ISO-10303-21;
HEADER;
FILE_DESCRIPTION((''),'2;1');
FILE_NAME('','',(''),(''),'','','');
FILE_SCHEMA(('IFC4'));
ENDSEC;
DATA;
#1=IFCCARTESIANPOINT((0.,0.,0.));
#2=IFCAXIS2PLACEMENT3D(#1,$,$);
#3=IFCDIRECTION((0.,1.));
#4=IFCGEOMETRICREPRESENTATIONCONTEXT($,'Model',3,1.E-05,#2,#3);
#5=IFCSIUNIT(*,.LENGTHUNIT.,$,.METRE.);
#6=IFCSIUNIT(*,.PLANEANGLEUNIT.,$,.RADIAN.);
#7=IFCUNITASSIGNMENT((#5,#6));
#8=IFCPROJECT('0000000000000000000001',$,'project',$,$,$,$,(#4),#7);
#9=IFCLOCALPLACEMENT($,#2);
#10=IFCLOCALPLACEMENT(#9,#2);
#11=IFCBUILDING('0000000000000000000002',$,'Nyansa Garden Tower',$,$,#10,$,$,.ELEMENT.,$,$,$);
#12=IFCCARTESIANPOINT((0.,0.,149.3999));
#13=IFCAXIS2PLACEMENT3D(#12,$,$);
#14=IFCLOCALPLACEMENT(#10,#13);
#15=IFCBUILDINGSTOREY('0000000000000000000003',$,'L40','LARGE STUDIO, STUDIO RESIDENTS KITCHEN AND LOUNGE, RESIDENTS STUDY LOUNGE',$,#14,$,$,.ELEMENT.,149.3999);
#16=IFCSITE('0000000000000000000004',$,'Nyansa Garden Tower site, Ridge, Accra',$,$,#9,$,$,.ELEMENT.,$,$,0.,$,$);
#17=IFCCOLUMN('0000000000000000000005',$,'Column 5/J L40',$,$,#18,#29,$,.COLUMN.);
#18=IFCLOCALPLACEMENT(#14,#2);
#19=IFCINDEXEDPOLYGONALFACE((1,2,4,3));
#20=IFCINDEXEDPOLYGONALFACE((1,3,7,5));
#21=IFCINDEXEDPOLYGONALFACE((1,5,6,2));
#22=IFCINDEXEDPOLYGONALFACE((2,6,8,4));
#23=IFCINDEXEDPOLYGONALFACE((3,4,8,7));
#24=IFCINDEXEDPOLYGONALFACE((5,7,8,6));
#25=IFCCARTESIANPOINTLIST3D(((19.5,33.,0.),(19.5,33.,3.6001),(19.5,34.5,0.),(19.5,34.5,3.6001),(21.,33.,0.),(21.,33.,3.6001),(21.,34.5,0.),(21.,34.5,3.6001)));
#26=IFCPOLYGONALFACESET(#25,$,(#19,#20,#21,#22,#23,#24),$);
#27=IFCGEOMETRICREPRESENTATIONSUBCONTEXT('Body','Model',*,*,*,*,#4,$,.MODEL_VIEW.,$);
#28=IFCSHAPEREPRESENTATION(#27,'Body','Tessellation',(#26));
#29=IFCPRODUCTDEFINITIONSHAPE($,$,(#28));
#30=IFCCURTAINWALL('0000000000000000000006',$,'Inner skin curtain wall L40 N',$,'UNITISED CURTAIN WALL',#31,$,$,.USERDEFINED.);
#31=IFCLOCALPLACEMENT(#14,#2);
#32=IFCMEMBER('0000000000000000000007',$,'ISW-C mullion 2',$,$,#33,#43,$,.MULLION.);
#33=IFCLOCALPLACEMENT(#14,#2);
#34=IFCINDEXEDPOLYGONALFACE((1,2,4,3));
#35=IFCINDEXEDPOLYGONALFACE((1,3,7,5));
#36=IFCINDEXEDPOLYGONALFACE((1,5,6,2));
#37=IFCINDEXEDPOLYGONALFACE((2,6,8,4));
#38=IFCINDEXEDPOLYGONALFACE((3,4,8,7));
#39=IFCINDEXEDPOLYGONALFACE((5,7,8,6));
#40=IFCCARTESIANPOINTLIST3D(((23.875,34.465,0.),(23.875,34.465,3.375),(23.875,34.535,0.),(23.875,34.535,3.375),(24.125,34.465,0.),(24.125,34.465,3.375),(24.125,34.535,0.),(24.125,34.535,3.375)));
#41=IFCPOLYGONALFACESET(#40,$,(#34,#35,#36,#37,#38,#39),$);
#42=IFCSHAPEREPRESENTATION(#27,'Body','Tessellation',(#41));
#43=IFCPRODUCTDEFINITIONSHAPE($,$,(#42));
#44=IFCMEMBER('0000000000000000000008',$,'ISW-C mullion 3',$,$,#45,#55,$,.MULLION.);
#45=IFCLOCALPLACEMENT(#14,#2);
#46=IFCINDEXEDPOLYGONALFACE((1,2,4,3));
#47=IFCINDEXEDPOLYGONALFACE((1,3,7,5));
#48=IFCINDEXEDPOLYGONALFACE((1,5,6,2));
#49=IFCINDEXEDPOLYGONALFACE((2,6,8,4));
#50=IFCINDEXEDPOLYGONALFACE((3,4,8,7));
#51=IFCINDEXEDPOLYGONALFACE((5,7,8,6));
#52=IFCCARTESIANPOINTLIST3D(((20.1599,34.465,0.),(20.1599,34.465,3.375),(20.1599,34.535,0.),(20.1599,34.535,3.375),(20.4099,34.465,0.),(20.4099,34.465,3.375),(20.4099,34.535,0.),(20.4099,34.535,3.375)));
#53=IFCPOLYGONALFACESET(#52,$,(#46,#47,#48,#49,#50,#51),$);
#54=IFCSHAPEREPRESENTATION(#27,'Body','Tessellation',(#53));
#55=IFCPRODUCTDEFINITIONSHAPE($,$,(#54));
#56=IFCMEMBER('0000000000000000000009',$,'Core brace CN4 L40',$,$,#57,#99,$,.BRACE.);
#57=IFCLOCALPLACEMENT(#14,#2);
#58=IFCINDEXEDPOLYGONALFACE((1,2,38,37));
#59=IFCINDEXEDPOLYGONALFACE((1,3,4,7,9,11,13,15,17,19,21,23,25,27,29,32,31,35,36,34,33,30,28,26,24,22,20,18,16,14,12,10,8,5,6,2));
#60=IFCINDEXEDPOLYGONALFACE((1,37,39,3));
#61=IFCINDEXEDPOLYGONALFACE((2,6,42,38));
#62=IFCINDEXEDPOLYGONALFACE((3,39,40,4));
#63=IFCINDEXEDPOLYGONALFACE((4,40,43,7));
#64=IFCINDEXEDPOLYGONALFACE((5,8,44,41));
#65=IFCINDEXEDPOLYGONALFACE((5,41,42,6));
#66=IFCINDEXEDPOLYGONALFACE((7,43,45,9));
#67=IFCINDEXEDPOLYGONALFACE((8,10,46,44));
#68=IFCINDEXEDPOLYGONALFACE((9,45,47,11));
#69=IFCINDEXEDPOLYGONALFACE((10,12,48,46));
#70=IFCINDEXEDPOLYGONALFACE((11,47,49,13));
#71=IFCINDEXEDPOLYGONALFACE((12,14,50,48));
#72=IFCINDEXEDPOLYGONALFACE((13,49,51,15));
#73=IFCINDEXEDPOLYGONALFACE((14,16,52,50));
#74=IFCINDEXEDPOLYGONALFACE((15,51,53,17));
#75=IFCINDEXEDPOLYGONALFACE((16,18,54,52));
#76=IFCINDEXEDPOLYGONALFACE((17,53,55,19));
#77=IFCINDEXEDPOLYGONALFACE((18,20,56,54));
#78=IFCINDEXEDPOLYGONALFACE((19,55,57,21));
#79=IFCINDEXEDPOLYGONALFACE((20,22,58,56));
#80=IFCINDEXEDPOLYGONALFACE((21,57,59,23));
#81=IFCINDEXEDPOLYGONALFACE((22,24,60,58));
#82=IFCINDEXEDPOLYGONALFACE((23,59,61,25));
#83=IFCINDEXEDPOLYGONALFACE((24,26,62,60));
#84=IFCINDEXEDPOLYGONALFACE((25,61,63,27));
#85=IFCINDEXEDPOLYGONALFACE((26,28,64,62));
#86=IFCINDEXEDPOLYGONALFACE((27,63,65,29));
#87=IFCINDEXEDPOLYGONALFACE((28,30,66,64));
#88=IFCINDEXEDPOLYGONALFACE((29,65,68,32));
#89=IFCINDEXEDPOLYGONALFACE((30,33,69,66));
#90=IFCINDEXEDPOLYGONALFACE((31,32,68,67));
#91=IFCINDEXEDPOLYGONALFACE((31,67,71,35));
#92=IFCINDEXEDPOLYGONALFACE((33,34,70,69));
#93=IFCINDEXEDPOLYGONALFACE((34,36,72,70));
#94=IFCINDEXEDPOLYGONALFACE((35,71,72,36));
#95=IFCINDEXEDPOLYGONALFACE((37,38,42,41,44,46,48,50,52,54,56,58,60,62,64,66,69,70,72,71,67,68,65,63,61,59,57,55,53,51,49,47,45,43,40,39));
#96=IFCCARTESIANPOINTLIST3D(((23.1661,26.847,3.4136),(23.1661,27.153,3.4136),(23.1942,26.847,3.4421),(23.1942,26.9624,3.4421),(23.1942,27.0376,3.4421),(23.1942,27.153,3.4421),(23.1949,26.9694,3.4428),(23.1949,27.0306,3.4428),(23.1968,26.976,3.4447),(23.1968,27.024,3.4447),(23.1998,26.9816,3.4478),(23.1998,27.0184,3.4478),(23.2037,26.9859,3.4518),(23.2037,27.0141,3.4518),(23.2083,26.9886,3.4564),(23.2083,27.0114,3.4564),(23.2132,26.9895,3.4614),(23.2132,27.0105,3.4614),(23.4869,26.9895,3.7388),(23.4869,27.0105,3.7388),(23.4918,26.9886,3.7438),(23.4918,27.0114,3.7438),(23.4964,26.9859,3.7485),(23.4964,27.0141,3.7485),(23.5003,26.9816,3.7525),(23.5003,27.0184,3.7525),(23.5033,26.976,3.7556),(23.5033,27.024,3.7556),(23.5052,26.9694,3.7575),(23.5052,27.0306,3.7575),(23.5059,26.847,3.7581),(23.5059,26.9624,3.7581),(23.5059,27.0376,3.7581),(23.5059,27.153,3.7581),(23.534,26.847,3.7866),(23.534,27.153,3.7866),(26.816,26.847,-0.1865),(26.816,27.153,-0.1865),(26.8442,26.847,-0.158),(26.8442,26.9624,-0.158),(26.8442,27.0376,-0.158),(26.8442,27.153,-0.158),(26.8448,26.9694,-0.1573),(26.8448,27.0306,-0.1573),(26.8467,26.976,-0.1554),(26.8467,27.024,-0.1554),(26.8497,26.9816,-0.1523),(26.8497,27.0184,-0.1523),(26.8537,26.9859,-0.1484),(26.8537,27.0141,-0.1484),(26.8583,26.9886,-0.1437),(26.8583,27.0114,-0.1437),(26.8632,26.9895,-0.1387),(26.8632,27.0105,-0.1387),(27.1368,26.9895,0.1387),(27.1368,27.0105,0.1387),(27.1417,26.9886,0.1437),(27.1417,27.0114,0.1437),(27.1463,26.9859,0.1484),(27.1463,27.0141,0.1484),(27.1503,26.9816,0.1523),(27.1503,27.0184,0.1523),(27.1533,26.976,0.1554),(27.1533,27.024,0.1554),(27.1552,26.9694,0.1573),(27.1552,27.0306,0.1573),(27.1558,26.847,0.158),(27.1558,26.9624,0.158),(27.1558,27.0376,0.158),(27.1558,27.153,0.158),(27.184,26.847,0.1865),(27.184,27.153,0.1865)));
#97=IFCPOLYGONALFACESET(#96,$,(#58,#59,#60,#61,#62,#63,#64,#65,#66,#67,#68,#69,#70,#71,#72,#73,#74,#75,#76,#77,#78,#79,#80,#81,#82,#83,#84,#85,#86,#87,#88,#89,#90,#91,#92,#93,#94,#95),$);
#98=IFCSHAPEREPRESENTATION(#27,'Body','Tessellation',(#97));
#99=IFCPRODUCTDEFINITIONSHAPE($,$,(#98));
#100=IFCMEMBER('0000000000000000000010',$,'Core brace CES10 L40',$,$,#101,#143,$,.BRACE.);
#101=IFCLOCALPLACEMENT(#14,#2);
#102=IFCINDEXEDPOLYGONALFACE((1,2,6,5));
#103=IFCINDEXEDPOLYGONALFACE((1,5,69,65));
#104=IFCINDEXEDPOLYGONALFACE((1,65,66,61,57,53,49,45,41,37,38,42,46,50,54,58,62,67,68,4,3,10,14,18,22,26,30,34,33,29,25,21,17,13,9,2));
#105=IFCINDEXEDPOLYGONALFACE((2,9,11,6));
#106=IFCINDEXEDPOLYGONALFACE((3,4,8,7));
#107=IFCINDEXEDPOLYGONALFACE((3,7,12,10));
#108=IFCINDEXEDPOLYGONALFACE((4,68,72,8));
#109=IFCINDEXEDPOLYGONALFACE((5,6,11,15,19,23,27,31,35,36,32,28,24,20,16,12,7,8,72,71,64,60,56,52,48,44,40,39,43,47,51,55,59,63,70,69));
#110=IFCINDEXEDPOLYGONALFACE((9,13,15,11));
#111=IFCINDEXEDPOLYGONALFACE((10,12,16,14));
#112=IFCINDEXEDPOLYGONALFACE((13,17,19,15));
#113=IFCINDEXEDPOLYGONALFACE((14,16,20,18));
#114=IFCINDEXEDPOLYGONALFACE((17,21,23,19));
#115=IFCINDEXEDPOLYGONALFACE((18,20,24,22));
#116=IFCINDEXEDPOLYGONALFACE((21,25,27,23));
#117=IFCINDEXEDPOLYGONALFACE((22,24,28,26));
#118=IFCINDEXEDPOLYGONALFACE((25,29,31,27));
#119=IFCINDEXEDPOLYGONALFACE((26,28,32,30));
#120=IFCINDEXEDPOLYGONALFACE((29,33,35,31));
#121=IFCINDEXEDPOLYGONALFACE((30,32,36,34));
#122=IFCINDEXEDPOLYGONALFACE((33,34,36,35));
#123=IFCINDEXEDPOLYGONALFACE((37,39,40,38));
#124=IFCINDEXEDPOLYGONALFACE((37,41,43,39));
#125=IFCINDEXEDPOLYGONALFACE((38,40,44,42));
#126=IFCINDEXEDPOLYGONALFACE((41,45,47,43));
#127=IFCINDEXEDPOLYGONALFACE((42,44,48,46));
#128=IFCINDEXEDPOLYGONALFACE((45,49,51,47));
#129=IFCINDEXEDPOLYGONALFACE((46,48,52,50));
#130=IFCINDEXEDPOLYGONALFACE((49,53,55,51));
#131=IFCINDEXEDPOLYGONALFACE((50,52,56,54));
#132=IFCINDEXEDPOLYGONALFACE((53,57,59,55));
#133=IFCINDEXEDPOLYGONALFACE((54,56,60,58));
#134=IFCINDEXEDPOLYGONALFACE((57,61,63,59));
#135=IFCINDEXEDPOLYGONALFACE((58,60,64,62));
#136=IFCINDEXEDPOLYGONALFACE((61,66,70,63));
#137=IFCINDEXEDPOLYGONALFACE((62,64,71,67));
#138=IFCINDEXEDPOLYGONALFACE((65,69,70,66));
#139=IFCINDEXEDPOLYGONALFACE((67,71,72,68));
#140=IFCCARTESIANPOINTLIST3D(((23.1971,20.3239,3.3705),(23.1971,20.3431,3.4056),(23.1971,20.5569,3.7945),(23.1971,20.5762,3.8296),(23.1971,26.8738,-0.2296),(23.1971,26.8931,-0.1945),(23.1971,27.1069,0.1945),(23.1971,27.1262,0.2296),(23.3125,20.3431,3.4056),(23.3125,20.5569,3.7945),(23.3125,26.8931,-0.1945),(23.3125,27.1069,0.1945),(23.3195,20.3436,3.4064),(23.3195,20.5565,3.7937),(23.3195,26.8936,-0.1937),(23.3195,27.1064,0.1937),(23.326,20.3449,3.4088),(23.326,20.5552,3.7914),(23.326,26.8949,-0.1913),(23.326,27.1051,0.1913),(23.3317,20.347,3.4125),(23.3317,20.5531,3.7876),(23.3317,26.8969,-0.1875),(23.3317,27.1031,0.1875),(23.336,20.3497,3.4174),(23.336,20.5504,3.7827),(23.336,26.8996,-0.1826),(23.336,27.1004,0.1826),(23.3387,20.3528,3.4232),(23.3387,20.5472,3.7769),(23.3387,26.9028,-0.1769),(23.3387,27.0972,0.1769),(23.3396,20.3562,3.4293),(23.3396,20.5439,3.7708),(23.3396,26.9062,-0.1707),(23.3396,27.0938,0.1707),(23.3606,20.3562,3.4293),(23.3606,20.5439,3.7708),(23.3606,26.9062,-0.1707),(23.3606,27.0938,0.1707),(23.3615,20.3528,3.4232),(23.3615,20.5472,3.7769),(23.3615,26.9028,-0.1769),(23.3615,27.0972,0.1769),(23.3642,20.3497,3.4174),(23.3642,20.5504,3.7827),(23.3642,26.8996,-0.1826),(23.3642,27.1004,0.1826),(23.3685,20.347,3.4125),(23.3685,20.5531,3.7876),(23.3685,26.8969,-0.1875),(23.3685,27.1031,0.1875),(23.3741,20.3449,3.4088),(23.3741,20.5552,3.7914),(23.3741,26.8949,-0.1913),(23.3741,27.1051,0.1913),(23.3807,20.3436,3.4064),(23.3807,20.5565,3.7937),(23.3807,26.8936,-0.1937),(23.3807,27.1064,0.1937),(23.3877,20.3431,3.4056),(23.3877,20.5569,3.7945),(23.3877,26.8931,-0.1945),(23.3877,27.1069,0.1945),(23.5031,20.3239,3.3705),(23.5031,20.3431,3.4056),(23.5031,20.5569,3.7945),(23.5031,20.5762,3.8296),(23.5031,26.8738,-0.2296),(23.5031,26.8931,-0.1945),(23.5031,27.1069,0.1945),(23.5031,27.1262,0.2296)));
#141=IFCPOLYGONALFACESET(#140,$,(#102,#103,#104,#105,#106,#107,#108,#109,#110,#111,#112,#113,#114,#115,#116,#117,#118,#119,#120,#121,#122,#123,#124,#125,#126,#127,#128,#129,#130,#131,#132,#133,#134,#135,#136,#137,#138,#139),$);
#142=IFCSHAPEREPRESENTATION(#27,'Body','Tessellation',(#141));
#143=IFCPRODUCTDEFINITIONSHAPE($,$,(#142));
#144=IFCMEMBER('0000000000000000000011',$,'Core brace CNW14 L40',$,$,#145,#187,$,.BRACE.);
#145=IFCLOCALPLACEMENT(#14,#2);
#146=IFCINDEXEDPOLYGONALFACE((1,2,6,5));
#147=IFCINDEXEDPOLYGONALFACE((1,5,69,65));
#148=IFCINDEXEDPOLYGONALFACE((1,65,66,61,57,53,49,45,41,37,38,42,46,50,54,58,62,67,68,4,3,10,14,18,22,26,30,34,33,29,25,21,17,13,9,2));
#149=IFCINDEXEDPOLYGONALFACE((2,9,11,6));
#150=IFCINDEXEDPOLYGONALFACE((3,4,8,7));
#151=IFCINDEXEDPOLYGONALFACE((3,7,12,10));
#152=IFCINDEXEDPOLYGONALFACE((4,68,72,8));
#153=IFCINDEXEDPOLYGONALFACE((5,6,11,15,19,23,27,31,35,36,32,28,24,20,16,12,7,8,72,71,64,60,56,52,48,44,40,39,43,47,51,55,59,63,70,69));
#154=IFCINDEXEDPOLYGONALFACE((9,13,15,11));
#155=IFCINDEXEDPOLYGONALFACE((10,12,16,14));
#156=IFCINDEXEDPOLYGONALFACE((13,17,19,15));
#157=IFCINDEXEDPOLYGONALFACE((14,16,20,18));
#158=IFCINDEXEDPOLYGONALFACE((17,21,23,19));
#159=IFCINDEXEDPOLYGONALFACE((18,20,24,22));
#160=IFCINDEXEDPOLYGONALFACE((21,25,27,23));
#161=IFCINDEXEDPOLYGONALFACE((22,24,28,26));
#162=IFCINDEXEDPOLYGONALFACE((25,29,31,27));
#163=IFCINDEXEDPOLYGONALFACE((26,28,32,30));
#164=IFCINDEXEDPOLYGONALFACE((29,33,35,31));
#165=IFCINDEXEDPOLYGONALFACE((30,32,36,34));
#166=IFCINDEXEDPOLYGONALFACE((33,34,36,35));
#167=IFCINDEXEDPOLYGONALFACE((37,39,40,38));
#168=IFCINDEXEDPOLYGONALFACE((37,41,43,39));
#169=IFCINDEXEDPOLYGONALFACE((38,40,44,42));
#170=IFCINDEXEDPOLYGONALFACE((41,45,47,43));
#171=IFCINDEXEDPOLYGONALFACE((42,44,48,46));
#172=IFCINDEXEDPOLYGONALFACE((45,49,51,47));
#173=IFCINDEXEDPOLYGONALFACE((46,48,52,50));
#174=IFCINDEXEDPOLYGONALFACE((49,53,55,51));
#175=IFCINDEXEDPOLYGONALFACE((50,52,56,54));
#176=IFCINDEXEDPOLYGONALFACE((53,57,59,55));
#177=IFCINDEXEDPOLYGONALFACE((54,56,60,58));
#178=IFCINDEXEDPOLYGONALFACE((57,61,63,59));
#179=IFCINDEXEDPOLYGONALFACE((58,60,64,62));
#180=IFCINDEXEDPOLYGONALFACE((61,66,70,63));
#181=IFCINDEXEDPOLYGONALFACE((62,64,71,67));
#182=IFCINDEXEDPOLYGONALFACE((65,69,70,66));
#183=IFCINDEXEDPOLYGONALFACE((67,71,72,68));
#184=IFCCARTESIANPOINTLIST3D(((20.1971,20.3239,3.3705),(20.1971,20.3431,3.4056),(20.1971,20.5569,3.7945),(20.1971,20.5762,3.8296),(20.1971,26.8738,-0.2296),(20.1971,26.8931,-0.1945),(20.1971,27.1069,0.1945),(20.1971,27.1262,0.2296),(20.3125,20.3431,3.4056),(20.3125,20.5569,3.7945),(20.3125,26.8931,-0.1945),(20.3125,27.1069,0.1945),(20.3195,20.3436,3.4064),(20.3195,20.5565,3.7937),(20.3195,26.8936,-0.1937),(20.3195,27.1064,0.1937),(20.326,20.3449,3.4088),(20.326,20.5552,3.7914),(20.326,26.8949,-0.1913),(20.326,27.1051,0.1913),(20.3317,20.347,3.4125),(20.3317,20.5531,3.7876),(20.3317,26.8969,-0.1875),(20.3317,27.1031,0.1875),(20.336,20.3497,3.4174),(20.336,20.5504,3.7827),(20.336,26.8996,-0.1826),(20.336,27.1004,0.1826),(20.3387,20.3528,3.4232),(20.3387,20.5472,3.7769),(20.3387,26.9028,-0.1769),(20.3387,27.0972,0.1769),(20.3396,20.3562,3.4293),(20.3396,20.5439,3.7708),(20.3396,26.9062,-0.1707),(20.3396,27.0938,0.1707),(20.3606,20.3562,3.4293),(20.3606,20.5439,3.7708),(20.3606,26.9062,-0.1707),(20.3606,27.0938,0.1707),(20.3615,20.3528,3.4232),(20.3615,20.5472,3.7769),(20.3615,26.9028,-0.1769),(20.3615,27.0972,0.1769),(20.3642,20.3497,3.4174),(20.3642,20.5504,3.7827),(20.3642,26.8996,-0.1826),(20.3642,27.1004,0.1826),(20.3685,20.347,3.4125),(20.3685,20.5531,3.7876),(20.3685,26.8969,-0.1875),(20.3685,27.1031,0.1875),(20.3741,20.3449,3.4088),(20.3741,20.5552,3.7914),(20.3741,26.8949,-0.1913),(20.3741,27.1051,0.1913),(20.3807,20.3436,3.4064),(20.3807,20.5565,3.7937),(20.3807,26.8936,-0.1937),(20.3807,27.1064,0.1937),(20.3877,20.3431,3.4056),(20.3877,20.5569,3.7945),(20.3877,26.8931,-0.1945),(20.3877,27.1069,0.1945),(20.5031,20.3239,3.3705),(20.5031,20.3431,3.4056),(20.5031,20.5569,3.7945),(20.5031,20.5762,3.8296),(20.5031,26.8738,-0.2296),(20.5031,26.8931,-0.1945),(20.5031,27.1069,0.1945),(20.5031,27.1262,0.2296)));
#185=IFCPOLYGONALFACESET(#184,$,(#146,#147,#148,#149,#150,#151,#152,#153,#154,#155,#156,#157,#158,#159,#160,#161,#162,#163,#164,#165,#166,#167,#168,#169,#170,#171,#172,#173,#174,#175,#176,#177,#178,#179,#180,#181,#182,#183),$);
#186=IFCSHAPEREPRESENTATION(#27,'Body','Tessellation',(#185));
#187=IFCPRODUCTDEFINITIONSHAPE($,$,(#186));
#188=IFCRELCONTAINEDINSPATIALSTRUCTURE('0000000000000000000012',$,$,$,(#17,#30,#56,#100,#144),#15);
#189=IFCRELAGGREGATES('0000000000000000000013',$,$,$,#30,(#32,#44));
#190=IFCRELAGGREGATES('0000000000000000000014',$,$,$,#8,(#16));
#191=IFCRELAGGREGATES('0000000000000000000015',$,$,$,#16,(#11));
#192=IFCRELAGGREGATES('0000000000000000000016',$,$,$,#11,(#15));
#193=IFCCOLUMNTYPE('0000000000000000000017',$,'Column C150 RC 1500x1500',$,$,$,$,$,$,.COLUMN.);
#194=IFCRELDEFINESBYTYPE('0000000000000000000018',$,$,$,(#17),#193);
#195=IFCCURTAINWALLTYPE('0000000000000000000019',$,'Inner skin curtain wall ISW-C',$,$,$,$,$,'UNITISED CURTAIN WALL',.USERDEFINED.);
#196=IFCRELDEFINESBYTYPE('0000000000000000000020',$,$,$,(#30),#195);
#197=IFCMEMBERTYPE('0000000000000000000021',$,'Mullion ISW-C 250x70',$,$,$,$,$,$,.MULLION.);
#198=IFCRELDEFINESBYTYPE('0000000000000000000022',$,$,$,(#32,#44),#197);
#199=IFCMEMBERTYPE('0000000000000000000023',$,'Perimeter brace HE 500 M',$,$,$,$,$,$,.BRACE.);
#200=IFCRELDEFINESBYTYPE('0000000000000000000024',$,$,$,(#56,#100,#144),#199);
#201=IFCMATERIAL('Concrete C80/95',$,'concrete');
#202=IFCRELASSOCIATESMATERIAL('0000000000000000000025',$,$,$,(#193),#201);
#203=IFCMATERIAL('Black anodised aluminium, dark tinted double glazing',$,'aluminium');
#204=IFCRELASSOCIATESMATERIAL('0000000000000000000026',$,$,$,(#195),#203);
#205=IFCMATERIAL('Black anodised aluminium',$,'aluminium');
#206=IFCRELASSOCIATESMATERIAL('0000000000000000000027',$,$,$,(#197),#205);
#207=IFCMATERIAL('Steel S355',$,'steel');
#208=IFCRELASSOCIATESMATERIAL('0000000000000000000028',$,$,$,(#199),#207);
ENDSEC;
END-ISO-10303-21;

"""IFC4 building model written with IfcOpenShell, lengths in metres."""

from ifc_helpers import new_model, si_unit, direction, frame, origin, origin_2d, place, context, subcontext, project, spatial, rectangle, i_section, extrude, material, material_profile, profile_set, type_object, element, aggregate, save


model = new_model("IFC4")

# Units and contexts
model_context = context("Model", 3, precision=1e-05, world=origin(), true_north=direction((0.0, 1.0)))
body_context = subcontext(model_context, "Body", "Model", "MODEL_VIEW")
ifc_project = project(units=[si_unit("LENGTHUNIT", "METRE"), si_unit("PLANEANGLEUNIT", "RADIAN")], contexts=[model_context])

# Site, building, storey
site_placement = place(None, origin())
site = spatial("IfcSite", under=ifc_project, at=site_placement, Name="Nyansa Garden Tower site, Ridge, Accra", CompositionType="ELEMENT", RefElevation=0.0)
building_placement = place(site_placement, origin())
building = spatial("IfcBuilding", under=site, at=building_placement, Name="Nyansa Garden Tower", CompositionType="ELEMENT")
storey_placement = place(building_placement, frame((0.0, 0.0, 149.3999)))
storey = spatial("IfcBuildingStorey", under=building, at=storey_placement, Name="L40", Description="LARGE STUDIO, STUDIO RESIDENTS KITCHEN AND LOUNGE, RESIDENTS STUDY LOUNGE", CompositionType="ELEMENT", Elevation=149.3999)

# Column
ifc_material_1 = material(Name="Concrete C80/95", Category="concrete")
ifc_material_profile_1 = material_profile(ifc_material_1, rectangle(XDim=1.5, YDim=1.5, at=origin_2d()), Name="RC 1500x1500")
ifc_profile_set_1 = profile_set([ifc_material_profile_1], Name="Concrete C80/95")
column_type = type_object("IfcColumnType", Name="Column C150 RC 1500x1500", PredefinedType="COLUMN", material=ifc_profile_set_1)
column_placement = place(storey_placement, frame((20.25, 33.75, 0.0), z_axis=(0.0, 0.0, 1.0), x_axis=(1.0, 0.0, 0.0)))
element("IfcColumn", 1, at=column_placement, inside=storey, type_object=column_type, Name="Column 5/J L40", PredefinedType="COLUMN", context=body_context, shape_type="SweptSolid", body=[
    extrude(rectangle(XDim=1.5, YDim=1.5, at=origin_2d()), origin(), (0.0, 0.0, 1.0), 3.6001),
])

# Curtain wall, members
ifc_material_2 = material(Name="Black anodised aluminium, dark tinted double glazing", Category="aluminium")
curtain_wall_type = type_object("IfcCurtainWallType", Name="Inner skin curtain wall ISW-C", ElementType="UNITISED CURTAIN WALL", PredefinedType="USERDEFINED", material=ifc_material_2)
curtain_wall_placement = place(storey_placement, origin())
curtain_wall = element("IfcCurtainWall", 2, at=curtain_wall_placement, inside=storey, type_object=curtain_wall_type, Name="Inner skin curtain wall L40 N", ObjectType="UNITISED CURTAIN WALL", PredefinedType="USERDEFINED")
ifc_material_3 = material(Name="Black anodised aluminium", Category="aluminium")
ifc_material_profile_2 = material_profile(ifc_material_3, rectangle(XDim=0.0701, YDim=0.25, at=origin_2d()), Name="Mullion 250x70")
ifc_profile_set_2 = profile_set([ifc_material_profile_2], Name="Black anodised aluminium")
member_type_1 = type_object("IfcMemberType", Name="Mullion ISW-C 250x70", PredefinedType="MULLION", material=ifc_profile_set_2)
member_1_placement = place(storey_placement, frame((24.0, 34.5, 0.0), z_axis=(0.0, 0.0, 1.0), x_axis=(0.0, -1.0, 0.0)))
member_1 = element("IfcMember", 3, at=member_1_placement, type_object=member_type_1, Name="ISW-C mullion 2", PredefinedType="MULLION", context=body_context, shape_type="SweptSolid", body=[
    extrude(rectangle(XDim=0.0701, YDim=0.25, at=origin_2d()), origin(), (0.0, 0.0, 1.0), 3.375),
])
member_2_placement = place(storey_placement, frame((20.2849, 34.5, 0.0), z_axis=(0.0, 0.0, 1.0), x_axis=(0.0, -1.0, 0.0)))
member_2 = element("IfcMember", 4, at=member_2_placement, type_object=member_type_1, Name="ISW-C mullion 3", PredefinedType="MULLION", context=body_context, shape_type="SweptSolid", body=[
    extrude(rectangle(XDim=0.0701, YDim=0.25, at=origin_2d()), origin(), (0.0, 0.0, 1.0), 3.375),
])

# Members
ifc_material_4 = material(Name="Steel S355", Category="steel")
ifc_material_profile_3 = material_profile(ifc_material_4, i_section(OverallWidth=0.3059, OverallDepth=0.5239, WebThickness=0.021, FlangeThickness=0.04, FilletRadius=0.0271, at=origin_2d()), Name="HE 500 M")
ifc_profile_set_3 = profile_set([ifc_material_profile_3], Name="Steel S355")
member_type_2 = type_object("IfcMemberType", Name="Perimeter brace HE 500 M", PredefinedType="BRACE", material=ifc_profile_set_3)
member_3_placement = place(storey_placement, frame((27.0, 27.0, 0.0), z_axis=(-0.711948, 0.0, 0.702233), x_axis=(0.0, -1.0, 0.0)))
element("IfcMember", 5, at=member_3_placement, inside=storey, type_object=member_type_2, Name="Core brace CN4 L40", PredefinedType="BRACE", context=body_context, shape_type="SweptSolid", body=[
    extrude(i_section(OverallWidth=0.3059, OverallDepth=0.5239, WebThickness=0.021, FlangeThickness=0.04, FilletRadius=0.0271, at=origin_2d()), origin(), (0.0, 0.0, 1.0), 5.1267),
])
for number, where, z_axis, x_axis, name in (
    (6, (23.3501, 27.0, 0.0), (0.0, -0.876353, 0.481669), (1.0, 0.0, 0.0), "Core brace CES10 L40"),
    (7, (20.3501, 27.0, 0.0), (0.0, -0.876353, 0.481669), (1.0, 0.0, 0.0), "Core brace CNW14 L40"),
):
    element("IfcMember", number, at=place(storey_placement, frame(where, z_axis=z_axis, x_axis=x_axis)), inside=storey, type_object=member_type_2, Name=name, PredefinedType="BRACE", context=body_context, shape_type="SweptSolid", body=[
        extrude(i_section(OverallWidth=0.3059, OverallDepth=0.5239, WebThickness=0.021, FlangeThickness=0.04, FilletRadius=0.0271, at=origin_2d()), origin(), (0.0, 0.0, 1.0), 7.4741),
    ])

aggregate(curtain_wall, [member_1, member_2])

save(model, "model.ifc")
